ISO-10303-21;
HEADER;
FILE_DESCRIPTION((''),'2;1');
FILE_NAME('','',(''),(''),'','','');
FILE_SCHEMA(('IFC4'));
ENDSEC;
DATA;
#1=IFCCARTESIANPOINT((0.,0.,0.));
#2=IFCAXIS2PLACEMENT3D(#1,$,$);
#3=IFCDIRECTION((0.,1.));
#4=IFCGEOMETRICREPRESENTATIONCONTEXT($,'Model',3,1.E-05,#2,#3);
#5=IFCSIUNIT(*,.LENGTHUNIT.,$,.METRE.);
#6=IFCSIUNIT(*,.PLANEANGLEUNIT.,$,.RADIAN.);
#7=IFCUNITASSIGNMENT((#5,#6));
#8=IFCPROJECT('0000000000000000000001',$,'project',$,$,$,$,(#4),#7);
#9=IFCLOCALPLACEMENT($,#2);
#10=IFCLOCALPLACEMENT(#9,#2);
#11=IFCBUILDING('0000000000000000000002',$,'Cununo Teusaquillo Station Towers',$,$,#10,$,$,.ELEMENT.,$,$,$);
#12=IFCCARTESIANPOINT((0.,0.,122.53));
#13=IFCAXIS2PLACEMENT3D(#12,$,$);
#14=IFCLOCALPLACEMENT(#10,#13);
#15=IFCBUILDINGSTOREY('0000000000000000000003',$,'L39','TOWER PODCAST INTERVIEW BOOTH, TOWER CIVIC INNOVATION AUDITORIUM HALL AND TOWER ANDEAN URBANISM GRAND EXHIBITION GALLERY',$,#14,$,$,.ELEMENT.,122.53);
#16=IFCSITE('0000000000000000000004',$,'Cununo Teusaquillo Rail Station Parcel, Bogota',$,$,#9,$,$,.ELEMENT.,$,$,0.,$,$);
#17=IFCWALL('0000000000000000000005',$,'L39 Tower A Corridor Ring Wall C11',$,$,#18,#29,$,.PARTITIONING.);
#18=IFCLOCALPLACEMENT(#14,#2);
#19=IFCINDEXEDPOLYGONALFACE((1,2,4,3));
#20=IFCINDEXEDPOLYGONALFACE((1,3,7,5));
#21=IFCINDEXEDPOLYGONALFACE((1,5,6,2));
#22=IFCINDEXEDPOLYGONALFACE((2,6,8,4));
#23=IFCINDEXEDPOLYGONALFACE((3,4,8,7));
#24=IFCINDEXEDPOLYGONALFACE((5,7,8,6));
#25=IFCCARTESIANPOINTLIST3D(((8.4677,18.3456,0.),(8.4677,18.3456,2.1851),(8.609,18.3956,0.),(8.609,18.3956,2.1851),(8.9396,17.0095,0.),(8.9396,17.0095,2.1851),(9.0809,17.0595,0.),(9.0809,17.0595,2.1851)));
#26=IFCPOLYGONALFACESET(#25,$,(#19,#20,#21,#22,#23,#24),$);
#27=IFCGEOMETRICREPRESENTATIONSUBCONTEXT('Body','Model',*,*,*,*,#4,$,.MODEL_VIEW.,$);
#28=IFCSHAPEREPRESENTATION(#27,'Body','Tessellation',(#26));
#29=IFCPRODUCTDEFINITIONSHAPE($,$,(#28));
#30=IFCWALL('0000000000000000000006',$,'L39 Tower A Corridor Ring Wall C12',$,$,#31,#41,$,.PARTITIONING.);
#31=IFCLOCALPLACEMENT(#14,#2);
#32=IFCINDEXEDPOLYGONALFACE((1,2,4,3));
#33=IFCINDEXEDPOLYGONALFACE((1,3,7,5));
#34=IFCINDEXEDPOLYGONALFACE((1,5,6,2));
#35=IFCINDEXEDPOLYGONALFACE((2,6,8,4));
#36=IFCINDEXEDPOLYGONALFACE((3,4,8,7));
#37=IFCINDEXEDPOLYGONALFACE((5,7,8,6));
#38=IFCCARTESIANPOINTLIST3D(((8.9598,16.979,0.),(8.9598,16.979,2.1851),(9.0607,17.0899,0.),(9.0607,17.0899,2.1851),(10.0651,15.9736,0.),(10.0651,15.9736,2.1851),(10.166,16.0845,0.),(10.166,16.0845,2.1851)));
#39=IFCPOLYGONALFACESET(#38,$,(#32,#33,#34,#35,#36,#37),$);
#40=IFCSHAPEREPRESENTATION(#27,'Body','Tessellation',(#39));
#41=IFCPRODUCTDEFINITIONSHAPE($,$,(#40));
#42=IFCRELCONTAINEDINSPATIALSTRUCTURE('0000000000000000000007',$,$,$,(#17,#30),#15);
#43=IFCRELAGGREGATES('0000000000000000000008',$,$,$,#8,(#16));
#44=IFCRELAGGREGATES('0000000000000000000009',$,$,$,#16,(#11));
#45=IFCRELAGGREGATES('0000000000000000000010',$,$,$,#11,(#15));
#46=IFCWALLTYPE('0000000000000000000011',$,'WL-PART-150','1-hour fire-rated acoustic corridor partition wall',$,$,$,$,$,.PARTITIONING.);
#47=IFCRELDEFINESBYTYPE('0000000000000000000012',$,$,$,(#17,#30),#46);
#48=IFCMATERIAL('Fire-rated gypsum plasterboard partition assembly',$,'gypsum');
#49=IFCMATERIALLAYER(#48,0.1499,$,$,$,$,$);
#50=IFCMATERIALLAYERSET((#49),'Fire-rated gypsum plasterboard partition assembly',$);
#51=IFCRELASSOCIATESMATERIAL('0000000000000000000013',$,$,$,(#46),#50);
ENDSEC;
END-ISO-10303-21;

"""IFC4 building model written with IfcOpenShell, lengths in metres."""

from ifc_helpers import new_model, si_unit, direction, frame, frame_2d, origin, place, context, subcontext, project, spatial, rectangle, extrude, material, layer, layer_set, type_object, element, save


model = new_model("IFC4")

# Units and contexts
model_context = context("Model", 3, precision=1e-05, world=origin(), true_north=direction((0.0, 1.0)))
body_context = subcontext(model_context, "Body", "Model", "MODEL_VIEW")
ifc_project = project(units=[si_unit("LENGTHUNIT", "METRE"), si_unit("PLANEANGLEUNIT", "RADIAN")], contexts=[model_context])

# Site, building, storey
site_placement = place(None, origin())
site = spatial("IfcSite", under=ifc_project, at=site_placement, Name="Cununo Teusaquillo Rail Station Parcel, Bogota", CompositionType="ELEMENT", RefElevation=0.0)
building_placement = place(site_placement, origin())
building = spatial("IfcBuilding", under=site, at=building_placement, Name="Cununo Teusaquillo Station Towers", CompositionType="ELEMENT")
storey_placement = place(building_placement, frame((0.0, 0.0, 122.53)))
storey = spatial("IfcBuildingStorey", under=building, at=storey_placement, Name="L39", Description="TOWER PODCAST INTERVIEW BOOTH, TOWER CIVIC INNOVATION AUDITORIUM HALL AND TOWER ANDEAN URBANISM GRAND EXHIBITION GALLERY", CompositionType="ELEMENT", Elevation=122.53)

# Walls
ifc_material_1 = material(Name="Fire-rated gypsum plasterboard partition assembly", Category="gypsum")
ifc_layer_1 = layer(ifc_material_1, 0.1499)
ifc_layer_set_1 = layer_set([ifc_layer_1], Name="Fire-rated gypsum plasterboard partition assembly")
wall_type_1 = type_object("IfcWallType", Name="WL-PART-150", Description="1-hour fire-rated acoustic corridor partition wall", PredefinedType="PARTITIONING", material=ifc_layer_set_1)
wall_1_placement = place(storey_placement, frame((8.5383, 18.3706, 0.0), z_axis=(0.0, 0.0, 1.0), x_axis=(0.333027, -0.942917, 0.0)))
element("IfcWall", 1, at=wall_1_placement, inside=storey, type_object=wall_type_1, Name="L39 Tower A Corridor Ring Wall C11", PredefinedType="PARTITIONING", context=body_context, shape_type="SweptSolid", body=[
    extrude(rectangle(XDim=1.417, YDim=0.1499, at=frame_2d((0.7085, 0.0))), origin(), (0.0, 0.0, 1.0), 2.1851),
])
wall_2_placement = place(storey_placement, frame((9.0103, 17.0344, 0.0), z_axis=(0.0, 0.0, 1.0), x_axis=(0.739733, -0.6729, 0.0)))
element("IfcWall", 2, at=wall_2_placement, inside=storey, type_object=wall_type_1, Name="L39 Tower A Corridor Ring Wall C12", PredefinedType="PARTITIONING", context=body_context, shape_type="SweptSolid", body=[
    extrude(rectangle(XDim=1.4941, YDim=0.1499, at=frame_2d((0.7471, 0.0))), origin(), (0.0, 0.0, 1.0), 2.1851),
])

save(model, "model.ifc")
